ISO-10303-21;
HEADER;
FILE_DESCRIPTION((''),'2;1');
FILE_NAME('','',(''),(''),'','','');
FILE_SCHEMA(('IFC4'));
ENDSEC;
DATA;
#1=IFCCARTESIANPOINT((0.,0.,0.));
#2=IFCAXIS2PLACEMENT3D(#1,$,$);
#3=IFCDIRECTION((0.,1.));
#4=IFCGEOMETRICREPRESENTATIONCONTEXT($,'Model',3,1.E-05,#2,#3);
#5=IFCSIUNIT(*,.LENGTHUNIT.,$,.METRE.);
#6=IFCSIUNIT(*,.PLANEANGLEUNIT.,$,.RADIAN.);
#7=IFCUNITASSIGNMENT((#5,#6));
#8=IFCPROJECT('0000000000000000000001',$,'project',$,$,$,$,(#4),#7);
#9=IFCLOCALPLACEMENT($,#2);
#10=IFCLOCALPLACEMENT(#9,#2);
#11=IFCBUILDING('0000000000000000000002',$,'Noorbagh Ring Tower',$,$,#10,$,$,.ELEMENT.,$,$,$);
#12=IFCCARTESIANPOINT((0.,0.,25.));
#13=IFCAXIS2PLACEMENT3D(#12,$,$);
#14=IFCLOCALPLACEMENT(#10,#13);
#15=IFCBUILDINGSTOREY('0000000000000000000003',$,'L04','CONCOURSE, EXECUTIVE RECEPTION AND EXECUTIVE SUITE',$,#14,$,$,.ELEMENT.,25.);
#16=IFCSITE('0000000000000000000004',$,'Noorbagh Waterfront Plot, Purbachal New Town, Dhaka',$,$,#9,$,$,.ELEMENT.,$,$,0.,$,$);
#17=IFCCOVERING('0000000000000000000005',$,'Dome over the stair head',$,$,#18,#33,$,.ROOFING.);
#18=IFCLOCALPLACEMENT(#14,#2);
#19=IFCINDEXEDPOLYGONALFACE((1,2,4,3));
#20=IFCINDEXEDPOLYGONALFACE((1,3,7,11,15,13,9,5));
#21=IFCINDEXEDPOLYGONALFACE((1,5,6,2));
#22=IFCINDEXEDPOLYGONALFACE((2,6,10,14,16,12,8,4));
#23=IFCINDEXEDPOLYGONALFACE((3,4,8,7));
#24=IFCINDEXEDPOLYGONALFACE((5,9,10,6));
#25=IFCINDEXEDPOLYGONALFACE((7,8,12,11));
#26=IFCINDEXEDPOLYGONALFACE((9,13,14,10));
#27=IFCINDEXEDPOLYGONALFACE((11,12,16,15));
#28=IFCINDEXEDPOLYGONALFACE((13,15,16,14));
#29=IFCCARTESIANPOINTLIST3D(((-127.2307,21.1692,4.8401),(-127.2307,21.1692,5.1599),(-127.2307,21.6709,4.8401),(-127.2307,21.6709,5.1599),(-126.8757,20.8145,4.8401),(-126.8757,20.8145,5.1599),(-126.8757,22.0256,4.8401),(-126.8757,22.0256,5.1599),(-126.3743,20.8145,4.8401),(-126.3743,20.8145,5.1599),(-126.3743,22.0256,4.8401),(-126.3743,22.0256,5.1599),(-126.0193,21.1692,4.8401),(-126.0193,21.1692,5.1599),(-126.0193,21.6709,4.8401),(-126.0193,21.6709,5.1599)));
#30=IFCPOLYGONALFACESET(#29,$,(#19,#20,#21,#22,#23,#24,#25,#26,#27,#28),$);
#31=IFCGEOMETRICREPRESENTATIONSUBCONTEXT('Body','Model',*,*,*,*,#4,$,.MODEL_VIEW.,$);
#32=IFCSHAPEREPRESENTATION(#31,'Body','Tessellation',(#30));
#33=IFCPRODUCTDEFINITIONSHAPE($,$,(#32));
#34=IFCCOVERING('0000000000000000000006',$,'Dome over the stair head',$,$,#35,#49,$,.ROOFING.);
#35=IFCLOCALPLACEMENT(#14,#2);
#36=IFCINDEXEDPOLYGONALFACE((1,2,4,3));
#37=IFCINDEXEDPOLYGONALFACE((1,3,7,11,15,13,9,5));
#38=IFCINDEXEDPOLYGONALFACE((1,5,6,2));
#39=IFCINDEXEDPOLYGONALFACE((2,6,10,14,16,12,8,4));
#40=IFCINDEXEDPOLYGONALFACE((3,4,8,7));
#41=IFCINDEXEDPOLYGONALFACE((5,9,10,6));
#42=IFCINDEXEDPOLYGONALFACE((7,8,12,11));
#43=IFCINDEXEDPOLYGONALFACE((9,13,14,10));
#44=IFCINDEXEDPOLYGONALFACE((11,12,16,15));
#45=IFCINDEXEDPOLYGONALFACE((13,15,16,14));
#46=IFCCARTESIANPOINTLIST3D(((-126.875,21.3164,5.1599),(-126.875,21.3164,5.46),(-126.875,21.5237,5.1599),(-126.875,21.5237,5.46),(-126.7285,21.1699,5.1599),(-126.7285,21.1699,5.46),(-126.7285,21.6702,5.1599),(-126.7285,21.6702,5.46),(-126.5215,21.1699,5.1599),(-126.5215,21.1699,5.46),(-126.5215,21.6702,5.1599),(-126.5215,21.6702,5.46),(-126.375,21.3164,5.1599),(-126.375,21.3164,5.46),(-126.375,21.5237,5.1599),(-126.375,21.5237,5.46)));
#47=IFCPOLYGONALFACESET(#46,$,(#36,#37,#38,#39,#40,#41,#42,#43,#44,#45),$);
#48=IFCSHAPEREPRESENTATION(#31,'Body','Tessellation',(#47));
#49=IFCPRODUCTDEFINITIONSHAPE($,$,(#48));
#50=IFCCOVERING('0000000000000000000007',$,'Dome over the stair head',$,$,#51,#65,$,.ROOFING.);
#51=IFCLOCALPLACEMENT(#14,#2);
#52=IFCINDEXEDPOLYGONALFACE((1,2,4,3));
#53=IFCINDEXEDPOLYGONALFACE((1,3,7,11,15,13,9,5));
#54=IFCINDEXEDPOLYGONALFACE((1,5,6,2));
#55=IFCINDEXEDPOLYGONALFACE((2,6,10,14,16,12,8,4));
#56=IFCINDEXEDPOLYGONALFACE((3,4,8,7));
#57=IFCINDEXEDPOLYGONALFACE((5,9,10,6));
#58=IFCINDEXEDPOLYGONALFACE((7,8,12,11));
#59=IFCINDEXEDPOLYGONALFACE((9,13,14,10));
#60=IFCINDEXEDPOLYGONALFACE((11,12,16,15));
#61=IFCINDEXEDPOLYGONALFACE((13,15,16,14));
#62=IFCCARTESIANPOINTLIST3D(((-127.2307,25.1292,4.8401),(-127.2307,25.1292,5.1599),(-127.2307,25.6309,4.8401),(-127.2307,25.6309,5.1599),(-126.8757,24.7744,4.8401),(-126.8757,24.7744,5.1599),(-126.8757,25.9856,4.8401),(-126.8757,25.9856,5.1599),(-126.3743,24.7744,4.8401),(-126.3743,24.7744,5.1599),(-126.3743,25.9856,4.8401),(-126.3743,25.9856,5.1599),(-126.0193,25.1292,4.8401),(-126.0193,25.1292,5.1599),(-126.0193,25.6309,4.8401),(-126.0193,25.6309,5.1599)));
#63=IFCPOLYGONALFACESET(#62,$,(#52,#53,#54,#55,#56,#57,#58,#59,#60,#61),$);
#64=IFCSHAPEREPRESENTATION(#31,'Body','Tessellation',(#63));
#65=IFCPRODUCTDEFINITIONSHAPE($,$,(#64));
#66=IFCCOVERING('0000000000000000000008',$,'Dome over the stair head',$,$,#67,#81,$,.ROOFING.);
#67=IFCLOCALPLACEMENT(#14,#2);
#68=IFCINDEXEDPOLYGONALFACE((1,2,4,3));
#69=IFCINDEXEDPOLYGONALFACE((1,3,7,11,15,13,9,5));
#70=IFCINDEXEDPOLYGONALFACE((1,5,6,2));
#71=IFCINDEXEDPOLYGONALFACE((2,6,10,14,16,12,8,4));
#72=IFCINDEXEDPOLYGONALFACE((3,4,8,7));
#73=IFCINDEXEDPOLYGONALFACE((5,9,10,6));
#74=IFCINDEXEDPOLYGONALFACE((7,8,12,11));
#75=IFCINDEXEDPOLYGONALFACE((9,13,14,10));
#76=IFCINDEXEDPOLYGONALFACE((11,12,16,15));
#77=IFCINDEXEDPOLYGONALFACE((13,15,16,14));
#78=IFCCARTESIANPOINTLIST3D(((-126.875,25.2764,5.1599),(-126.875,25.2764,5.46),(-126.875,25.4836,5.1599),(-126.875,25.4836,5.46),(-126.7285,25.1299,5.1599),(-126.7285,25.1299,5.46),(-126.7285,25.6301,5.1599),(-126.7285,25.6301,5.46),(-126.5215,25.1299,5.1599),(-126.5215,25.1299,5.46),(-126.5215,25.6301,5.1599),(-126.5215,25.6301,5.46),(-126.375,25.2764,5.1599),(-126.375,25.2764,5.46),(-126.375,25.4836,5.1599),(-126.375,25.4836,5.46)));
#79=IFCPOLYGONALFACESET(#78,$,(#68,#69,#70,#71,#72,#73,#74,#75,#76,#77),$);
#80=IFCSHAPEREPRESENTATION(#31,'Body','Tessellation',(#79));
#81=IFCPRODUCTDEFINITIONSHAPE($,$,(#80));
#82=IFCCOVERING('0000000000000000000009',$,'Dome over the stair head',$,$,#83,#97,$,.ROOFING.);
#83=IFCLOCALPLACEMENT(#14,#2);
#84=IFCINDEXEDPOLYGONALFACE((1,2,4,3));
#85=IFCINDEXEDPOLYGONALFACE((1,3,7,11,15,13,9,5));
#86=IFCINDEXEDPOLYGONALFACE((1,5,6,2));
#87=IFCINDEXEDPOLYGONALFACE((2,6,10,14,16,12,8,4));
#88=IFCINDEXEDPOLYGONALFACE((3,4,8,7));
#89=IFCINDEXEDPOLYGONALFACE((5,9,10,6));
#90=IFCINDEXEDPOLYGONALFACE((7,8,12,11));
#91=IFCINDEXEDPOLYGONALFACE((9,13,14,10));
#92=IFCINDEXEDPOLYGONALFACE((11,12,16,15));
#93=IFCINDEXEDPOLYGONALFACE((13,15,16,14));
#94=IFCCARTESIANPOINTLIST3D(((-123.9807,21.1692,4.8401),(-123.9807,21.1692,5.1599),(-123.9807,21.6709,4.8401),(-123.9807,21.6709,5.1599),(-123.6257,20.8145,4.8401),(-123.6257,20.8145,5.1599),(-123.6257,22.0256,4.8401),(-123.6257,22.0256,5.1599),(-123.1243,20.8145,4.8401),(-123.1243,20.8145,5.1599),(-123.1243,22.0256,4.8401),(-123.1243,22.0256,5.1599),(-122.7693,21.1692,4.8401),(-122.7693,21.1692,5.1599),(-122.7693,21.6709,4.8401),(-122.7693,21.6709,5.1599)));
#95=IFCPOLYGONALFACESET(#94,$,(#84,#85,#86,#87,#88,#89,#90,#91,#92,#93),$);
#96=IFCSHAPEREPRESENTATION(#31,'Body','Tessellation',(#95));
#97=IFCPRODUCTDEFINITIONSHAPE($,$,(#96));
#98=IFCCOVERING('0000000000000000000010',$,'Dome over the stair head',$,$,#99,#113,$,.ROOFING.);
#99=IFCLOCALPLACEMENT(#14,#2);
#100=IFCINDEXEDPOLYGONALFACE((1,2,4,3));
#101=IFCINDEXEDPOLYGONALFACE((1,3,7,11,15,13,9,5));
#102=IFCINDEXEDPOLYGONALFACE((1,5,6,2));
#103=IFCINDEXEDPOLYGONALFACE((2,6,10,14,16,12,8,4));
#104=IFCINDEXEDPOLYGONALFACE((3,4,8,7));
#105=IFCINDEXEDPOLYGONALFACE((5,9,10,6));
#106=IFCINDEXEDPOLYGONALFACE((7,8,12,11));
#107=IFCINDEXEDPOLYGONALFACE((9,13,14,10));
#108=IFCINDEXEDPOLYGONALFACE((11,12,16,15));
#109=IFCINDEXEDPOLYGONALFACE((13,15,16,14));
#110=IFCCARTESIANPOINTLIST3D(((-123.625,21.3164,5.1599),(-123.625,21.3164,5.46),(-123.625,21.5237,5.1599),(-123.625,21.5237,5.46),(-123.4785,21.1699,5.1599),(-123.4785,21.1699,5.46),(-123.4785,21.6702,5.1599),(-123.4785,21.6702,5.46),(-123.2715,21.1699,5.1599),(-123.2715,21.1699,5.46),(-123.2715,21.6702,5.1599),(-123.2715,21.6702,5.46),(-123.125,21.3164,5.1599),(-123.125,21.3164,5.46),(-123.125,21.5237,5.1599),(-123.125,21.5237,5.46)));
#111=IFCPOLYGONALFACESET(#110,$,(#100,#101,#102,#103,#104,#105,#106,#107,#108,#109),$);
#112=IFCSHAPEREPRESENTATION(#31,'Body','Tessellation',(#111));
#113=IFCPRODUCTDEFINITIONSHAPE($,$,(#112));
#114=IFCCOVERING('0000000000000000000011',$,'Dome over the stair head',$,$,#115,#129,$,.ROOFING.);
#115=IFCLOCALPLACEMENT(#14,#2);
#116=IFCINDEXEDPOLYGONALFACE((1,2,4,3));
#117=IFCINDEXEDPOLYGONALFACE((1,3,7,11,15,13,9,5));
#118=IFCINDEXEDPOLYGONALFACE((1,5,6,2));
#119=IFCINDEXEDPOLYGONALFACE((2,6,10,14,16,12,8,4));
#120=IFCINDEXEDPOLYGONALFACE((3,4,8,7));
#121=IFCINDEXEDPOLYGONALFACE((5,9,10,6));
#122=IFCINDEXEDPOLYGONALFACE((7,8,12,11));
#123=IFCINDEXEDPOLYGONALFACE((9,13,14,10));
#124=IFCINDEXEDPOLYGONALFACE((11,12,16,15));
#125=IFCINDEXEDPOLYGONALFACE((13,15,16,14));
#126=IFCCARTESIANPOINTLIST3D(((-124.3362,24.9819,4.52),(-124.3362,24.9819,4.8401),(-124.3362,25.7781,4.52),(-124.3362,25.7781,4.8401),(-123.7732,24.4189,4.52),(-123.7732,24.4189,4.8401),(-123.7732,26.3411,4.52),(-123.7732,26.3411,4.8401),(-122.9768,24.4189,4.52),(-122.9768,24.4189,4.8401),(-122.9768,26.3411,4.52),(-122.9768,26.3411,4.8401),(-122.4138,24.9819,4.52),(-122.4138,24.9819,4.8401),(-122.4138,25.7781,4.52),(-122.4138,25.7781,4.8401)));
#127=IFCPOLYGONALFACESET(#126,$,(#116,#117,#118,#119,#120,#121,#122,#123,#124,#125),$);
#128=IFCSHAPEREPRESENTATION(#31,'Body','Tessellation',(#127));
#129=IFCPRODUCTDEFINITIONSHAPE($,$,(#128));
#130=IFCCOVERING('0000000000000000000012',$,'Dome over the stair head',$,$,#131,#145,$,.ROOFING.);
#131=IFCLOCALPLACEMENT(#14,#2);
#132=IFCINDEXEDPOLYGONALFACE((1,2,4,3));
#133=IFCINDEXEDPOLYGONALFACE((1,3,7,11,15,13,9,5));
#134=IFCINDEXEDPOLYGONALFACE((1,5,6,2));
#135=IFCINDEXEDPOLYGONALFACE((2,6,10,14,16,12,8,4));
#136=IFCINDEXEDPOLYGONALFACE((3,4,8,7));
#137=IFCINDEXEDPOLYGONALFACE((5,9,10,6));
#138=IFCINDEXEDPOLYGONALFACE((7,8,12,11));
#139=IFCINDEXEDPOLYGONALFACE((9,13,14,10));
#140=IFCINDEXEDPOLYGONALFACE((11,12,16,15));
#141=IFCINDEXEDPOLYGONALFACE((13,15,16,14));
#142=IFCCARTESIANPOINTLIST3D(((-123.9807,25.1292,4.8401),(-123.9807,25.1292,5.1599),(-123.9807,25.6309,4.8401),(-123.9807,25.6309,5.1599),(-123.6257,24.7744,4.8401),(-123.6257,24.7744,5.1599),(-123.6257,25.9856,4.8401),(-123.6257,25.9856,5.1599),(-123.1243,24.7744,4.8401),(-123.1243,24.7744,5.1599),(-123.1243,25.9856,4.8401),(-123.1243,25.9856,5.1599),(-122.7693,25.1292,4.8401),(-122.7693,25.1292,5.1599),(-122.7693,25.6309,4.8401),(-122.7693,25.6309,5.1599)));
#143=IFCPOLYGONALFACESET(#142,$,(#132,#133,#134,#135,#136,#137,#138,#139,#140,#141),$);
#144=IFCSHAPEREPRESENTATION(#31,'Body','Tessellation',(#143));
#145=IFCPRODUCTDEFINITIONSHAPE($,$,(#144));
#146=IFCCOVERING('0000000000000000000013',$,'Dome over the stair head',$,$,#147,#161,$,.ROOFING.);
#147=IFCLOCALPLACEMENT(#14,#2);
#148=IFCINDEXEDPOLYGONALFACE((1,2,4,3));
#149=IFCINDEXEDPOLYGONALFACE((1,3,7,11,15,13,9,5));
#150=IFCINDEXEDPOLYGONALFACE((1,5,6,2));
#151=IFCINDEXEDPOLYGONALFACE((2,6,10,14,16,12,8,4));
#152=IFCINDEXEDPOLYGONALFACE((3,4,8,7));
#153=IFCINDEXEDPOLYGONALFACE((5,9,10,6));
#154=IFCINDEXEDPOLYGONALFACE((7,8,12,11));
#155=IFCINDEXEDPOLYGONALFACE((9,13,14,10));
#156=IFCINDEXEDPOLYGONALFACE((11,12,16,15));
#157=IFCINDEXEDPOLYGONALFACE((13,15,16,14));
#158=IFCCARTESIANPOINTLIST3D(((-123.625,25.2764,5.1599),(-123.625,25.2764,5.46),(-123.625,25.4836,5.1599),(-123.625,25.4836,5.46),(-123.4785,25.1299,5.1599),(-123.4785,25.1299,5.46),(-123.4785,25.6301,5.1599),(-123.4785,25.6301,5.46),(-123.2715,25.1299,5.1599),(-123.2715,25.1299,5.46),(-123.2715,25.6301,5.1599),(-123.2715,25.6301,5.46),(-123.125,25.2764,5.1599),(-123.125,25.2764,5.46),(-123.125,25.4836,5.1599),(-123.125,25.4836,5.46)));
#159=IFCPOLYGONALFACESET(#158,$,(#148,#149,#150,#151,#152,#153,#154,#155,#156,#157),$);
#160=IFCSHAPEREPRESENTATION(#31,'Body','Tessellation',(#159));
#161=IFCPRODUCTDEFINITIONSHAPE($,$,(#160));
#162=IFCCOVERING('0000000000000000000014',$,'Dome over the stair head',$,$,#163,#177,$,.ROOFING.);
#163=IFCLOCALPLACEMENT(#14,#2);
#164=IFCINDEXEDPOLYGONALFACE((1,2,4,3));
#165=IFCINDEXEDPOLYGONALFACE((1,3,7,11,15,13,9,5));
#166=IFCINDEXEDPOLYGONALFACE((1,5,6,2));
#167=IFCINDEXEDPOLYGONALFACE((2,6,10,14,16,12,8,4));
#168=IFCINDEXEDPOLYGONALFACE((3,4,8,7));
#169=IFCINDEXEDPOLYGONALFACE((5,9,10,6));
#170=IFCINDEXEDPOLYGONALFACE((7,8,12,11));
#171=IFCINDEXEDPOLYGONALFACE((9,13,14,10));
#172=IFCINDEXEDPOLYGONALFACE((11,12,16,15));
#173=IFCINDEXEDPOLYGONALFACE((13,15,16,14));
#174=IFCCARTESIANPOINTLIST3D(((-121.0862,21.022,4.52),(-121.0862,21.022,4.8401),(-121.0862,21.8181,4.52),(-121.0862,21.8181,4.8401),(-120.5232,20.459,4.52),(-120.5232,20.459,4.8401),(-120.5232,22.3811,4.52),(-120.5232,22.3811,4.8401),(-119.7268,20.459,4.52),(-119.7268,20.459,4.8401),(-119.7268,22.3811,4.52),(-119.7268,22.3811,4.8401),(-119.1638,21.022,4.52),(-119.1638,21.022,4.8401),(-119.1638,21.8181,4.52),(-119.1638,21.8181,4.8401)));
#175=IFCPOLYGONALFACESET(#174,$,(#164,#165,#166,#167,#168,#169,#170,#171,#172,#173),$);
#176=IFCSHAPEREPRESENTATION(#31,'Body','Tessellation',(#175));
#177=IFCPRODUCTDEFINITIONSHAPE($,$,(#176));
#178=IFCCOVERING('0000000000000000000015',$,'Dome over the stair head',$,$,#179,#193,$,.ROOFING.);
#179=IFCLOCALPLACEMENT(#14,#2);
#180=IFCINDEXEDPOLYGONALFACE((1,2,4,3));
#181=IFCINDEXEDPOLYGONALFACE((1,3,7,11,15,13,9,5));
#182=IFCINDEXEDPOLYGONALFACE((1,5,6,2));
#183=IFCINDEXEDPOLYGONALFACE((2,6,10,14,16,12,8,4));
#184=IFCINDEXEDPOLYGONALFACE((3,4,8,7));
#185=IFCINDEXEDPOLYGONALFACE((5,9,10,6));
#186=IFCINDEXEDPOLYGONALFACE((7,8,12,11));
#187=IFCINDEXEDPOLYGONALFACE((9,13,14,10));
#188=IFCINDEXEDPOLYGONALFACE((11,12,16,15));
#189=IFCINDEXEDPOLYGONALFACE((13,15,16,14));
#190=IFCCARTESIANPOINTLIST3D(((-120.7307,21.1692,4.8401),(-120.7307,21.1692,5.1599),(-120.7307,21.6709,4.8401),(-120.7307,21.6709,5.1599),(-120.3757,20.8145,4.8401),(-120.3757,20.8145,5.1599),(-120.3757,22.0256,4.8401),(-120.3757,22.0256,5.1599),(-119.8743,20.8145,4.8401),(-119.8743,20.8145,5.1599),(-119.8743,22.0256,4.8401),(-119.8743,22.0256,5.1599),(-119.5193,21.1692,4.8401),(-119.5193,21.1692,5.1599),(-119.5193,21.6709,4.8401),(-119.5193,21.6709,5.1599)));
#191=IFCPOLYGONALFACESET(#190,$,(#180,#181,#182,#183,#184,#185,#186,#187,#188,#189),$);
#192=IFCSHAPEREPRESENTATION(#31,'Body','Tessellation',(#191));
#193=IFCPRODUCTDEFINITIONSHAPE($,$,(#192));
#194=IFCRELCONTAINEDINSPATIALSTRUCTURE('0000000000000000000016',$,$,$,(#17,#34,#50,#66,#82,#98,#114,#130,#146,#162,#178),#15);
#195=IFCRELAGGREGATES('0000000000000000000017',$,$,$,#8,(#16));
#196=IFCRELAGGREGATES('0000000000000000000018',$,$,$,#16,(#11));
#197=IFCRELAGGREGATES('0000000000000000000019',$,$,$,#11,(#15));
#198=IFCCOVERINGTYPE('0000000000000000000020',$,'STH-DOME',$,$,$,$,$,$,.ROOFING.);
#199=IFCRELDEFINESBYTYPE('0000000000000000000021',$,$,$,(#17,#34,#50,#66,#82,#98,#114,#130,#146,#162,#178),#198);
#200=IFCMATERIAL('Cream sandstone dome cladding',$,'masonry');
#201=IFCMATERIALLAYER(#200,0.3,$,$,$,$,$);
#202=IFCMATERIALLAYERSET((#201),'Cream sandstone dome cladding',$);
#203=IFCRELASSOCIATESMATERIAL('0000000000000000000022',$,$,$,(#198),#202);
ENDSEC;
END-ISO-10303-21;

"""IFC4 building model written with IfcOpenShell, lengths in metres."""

from ifc_helpers import new_model, si_unit, direction, frame, origin, place, context, subcontext, project, spatial, polyline, outline, extrude, material, layer, layer_set, type_object, element, save


model = new_model("IFC4")

# Units and contexts
model_context = context("Model", 3, precision=1e-05, world=origin(), true_north=direction((0.0, 1.0)))
body_context = subcontext(model_context, "Body", "Model", "MODEL_VIEW")
ifc_project = project(units=[si_unit("LENGTHUNIT", "METRE"), si_unit("PLANEANGLEUNIT", "RADIAN")], contexts=[model_context])

# Site, building, storey
site_placement = place(None, origin())
site = spatial("IfcSite", under=ifc_project, at=site_placement, Name="Noorbagh Waterfront Plot, Purbachal New Town, Dhaka", CompositionType="ELEMENT", RefElevation=0.0)
building_placement = place(site_placement, origin())
building = spatial("IfcBuilding", under=site, at=building_placement, Name="Noorbagh Ring Tower", CompositionType="ELEMENT")
storey_placement = place(building_placement, frame((0.0, 0.0, 25.0)))
storey = spatial("IfcBuildingStorey", under=building, at=storey_placement, Name="L04", Description="CONCOURSE, EXECUTIVE RECEPTION AND EXECUTIVE SUITE", CompositionType="ELEMENT", Elevation=25.0)

# Coverings
ifc_material = material(Name="Cream sandstone dome cladding", Category="masonry")
ifc_layer = layer(ifc_material, 0.3)
ifc_layer_set = layer_set([ifc_layer], Name="Cream sandstone dome cladding")
covering_type = type_object("IfcCoveringType", Name="STH-DOME", PredefinedType="ROOFING", material=ifc_layer_set)
covering_1_placement = place(storey_placement, frame((0.0, 0.0, 4.8401)))
element("IfcCovering", 1, at=covering_1_placement, inside=storey, type_object=covering_type, Name="Dome over the stair head", PredefinedType="ROOFING", context=body_context, shape_type="SweptSolid", body=[
    extrude(outline(polyline([(-126.0193, 21.6709), (-126.3743, 22.0256), (-126.8757, 22.0256), (-127.2307, 21.6709), (-127.2307, 21.1692), (-126.8757, 20.8145), (-126.3743, 20.8145), (-126.0193, 21.1692), (-126.0193, 21.6709)])), origin(), (0.0, 0.0, 1.0), 0.3198),
])
covering_2_placement = place(storey_placement, frame((0.0, 0.0, 5.1599)))
element("IfcCovering", 2, at=covering_2_placement, inside=storey, type_object=covering_type, Name="Dome over the stair head", PredefinedType="ROOFING", context=body_context, shape_type="SweptSolid", body=[
    extrude(outline(polyline([(-126.375, 21.5237), (-126.5215, 21.6702), (-126.7285, 21.6702), (-126.875, 21.5237), (-126.875, 21.3164), (-126.7285, 21.1699), (-126.5215, 21.1699), (-126.375, 21.3164), (-126.375, 21.5237)])), origin(), (0.0, 0.0, 1.0), 0.3),
])
covering_3_placement = place(storey_placement, frame((0.0, 0.0, 4.8401)))
element("IfcCovering", 3, at=covering_3_placement, inside=storey, type_object=covering_type, Name="Dome over the stair head", PredefinedType="ROOFING", context=body_context, shape_type="SweptSolid", body=[
    extrude(outline(polyline([(-126.0193, 25.6309), (-126.3743, 25.9856), (-126.8757, 25.9856), (-127.2307, 25.6309), (-127.2307, 25.1292), (-126.8757, 24.7744), (-126.3743, 24.7744), (-126.0193, 25.1292), (-126.0193, 25.6309)])), origin(), (0.0, 0.0, 1.0), 0.3198),
])
covering_4_placement = place(storey_placement, frame((0.0, 0.0, 5.1599)))
element("IfcCovering", 4, at=covering_4_placement, inside=storey, type_object=covering_type, Name="Dome over the stair head", PredefinedType="ROOFING", context=body_context, shape_type="SweptSolid", body=[
    extrude(outline(polyline([(-126.375, 25.4836), (-126.5215, 25.6301), (-126.7285, 25.6301), (-126.875, 25.4836), (-126.875, 25.2764), (-126.7285, 25.1299), (-126.5215, 25.1299), (-126.375, 25.2764), (-126.375, 25.4836)])), origin(), (0.0, 0.0, 1.0), 0.3),
])
covering_5_placement = place(storey_placement, frame((0.0, 0.0, 4.8401)))
element("IfcCovering", 5, at=covering_5_placement, inside=storey, type_object=covering_type, Name="Dome over the stair head", PredefinedType="ROOFING", context=body_context, shape_type="SweptSolid", body=[
    extrude(outline(polyline([(-122.7693, 21.6709), (-123.1243, 22.0256), (-123.6257, 22.0256), (-123.9807, 21.6709), (-123.9807, 21.1692), (-123.6257, 20.8145), (-123.1243, 20.8145), (-122.7693, 21.1692), (-122.7693, 21.6709)])), origin(), (0.0, 0.0, 1.0), 0.3198),
])
covering_6_placement = place(storey_placement, frame((0.0, 0.0, 5.1599)))
element("IfcCovering", 6, at=covering_6_placement, inside=storey, type_object=covering_type, Name="Dome over the stair head", PredefinedType="ROOFING", context=body_context, shape_type="SweptSolid", body=[
    extrude(outline(polyline([(-123.125, 21.5237), (-123.2715, 21.6702), (-123.4785, 21.6702), (-123.625, 21.5237), (-123.625, 21.3164), (-123.4785, 21.1699), (-123.2715, 21.1699), (-123.125, 21.3164), (-123.125, 21.5237)])), origin(), (0.0, 0.0, 1.0), 0.3),
])
covering_7_placement = place(storey_placement, frame((0.0, 0.0, 4.52)))
element("IfcCovering", 7, at=covering_7_placement, inside=storey, type_object=covering_type, Name="Dome over the stair head", PredefinedType="ROOFING", context=body_context, shape_type="SweptSolid", body=[
    extrude(outline(polyline([(-122.4138, 25.7781), (-122.9768, 26.3411), (-123.7732, 26.3411), (-124.3362, 25.7781), (-124.3362, 24.9819), (-123.7732, 24.4189), (-122.9768, 24.4189), (-122.4138, 24.9819), (-122.4138, 25.7781)])), origin(), (0.0, 0.0, 1.0), 0.3201),
])
covering_8_placement = place(storey_placement, frame((0.0, 0.0, 4.8401)))
element("IfcCovering", 8, at=covering_8_placement, inside=storey, type_object=covering_type, Name="Dome over the stair head", PredefinedType="ROOFING", context=body_context, shape_type="SweptSolid", body=[
    extrude(outline(polyline([(-122.7693, 25.6309), (-123.1243, 25.9856), (-123.6257, 25.9856), (-123.9807, 25.6309), (-123.9807, 25.1292), (-123.6257, 24.7744), (-123.1243, 24.7744), (-122.7693, 25.1292), (-122.7693, 25.6309)])), origin(), (0.0, 0.0, 1.0), 0.3198),
])
covering_9_placement = place(storey_placement, frame((0.0, 0.0, 5.1599)))
element("IfcCovering", 9, at=covering_9_placement, inside=storey, type_object=covering_type, Name="Dome over the stair head", PredefinedType="ROOFING", context=body_context, shape_type="SweptSolid", body=[
    extrude(outline(polyline([(-123.125, 25.4836), (-123.2715, 25.6301), (-123.4785, 25.6301), (-123.625, 25.4836), (-123.625, 25.2764), (-123.4785, 25.1299), (-123.2715, 25.1299), (-123.125, 25.2764), (-123.125, 25.4836)])), origin(), (0.0, 0.0, 1.0), 0.3),
])
covering_10_placement = place(storey_placement, frame((0.0, 0.0, 4.52)))
element("IfcCovering", 10, at=covering_10_placement, inside=storey, type_object=covering_type, Name="Dome over the stair head", PredefinedType="ROOFING", context=body_context, shape_type="SweptSolid", body=[
    extrude(outline(polyline([(-119.1638, 21.8181), (-119.7268, 22.3811), (-120.5232, 22.3811), (-121.0862, 21.8181), (-121.0862, 21.022), (-120.5232, 20.459), (-119.7268, 20.459), (-119.1638, 21.022), (-119.1638, 21.8181)])), origin(), (0.0, 0.0, 1.0), 0.3201),
])
covering_11_placement = place(storey_placement, frame((0.0, 0.0, 4.8401)))
element("IfcCovering", 11, at=covering_11_placement, inside=storey, type_object=covering_type, Name="Dome over the stair head", PredefinedType="ROOFING", context=body_context, shape_type="SweptSolid", body=[
    extrude(outline(polyline([(-119.5193, 21.6709), (-119.8743, 22.0256), (-120.3757, 22.0256), (-120.7307, 21.6709), (-120.7307, 21.1692), (-120.3757, 20.8145), (-119.8743, 20.8145), (-119.5193, 21.1692), (-119.5193, 21.6709)])), origin(), (0.0, 0.0, 1.0), 0.3198),
])

save(model, "model.ifc")
